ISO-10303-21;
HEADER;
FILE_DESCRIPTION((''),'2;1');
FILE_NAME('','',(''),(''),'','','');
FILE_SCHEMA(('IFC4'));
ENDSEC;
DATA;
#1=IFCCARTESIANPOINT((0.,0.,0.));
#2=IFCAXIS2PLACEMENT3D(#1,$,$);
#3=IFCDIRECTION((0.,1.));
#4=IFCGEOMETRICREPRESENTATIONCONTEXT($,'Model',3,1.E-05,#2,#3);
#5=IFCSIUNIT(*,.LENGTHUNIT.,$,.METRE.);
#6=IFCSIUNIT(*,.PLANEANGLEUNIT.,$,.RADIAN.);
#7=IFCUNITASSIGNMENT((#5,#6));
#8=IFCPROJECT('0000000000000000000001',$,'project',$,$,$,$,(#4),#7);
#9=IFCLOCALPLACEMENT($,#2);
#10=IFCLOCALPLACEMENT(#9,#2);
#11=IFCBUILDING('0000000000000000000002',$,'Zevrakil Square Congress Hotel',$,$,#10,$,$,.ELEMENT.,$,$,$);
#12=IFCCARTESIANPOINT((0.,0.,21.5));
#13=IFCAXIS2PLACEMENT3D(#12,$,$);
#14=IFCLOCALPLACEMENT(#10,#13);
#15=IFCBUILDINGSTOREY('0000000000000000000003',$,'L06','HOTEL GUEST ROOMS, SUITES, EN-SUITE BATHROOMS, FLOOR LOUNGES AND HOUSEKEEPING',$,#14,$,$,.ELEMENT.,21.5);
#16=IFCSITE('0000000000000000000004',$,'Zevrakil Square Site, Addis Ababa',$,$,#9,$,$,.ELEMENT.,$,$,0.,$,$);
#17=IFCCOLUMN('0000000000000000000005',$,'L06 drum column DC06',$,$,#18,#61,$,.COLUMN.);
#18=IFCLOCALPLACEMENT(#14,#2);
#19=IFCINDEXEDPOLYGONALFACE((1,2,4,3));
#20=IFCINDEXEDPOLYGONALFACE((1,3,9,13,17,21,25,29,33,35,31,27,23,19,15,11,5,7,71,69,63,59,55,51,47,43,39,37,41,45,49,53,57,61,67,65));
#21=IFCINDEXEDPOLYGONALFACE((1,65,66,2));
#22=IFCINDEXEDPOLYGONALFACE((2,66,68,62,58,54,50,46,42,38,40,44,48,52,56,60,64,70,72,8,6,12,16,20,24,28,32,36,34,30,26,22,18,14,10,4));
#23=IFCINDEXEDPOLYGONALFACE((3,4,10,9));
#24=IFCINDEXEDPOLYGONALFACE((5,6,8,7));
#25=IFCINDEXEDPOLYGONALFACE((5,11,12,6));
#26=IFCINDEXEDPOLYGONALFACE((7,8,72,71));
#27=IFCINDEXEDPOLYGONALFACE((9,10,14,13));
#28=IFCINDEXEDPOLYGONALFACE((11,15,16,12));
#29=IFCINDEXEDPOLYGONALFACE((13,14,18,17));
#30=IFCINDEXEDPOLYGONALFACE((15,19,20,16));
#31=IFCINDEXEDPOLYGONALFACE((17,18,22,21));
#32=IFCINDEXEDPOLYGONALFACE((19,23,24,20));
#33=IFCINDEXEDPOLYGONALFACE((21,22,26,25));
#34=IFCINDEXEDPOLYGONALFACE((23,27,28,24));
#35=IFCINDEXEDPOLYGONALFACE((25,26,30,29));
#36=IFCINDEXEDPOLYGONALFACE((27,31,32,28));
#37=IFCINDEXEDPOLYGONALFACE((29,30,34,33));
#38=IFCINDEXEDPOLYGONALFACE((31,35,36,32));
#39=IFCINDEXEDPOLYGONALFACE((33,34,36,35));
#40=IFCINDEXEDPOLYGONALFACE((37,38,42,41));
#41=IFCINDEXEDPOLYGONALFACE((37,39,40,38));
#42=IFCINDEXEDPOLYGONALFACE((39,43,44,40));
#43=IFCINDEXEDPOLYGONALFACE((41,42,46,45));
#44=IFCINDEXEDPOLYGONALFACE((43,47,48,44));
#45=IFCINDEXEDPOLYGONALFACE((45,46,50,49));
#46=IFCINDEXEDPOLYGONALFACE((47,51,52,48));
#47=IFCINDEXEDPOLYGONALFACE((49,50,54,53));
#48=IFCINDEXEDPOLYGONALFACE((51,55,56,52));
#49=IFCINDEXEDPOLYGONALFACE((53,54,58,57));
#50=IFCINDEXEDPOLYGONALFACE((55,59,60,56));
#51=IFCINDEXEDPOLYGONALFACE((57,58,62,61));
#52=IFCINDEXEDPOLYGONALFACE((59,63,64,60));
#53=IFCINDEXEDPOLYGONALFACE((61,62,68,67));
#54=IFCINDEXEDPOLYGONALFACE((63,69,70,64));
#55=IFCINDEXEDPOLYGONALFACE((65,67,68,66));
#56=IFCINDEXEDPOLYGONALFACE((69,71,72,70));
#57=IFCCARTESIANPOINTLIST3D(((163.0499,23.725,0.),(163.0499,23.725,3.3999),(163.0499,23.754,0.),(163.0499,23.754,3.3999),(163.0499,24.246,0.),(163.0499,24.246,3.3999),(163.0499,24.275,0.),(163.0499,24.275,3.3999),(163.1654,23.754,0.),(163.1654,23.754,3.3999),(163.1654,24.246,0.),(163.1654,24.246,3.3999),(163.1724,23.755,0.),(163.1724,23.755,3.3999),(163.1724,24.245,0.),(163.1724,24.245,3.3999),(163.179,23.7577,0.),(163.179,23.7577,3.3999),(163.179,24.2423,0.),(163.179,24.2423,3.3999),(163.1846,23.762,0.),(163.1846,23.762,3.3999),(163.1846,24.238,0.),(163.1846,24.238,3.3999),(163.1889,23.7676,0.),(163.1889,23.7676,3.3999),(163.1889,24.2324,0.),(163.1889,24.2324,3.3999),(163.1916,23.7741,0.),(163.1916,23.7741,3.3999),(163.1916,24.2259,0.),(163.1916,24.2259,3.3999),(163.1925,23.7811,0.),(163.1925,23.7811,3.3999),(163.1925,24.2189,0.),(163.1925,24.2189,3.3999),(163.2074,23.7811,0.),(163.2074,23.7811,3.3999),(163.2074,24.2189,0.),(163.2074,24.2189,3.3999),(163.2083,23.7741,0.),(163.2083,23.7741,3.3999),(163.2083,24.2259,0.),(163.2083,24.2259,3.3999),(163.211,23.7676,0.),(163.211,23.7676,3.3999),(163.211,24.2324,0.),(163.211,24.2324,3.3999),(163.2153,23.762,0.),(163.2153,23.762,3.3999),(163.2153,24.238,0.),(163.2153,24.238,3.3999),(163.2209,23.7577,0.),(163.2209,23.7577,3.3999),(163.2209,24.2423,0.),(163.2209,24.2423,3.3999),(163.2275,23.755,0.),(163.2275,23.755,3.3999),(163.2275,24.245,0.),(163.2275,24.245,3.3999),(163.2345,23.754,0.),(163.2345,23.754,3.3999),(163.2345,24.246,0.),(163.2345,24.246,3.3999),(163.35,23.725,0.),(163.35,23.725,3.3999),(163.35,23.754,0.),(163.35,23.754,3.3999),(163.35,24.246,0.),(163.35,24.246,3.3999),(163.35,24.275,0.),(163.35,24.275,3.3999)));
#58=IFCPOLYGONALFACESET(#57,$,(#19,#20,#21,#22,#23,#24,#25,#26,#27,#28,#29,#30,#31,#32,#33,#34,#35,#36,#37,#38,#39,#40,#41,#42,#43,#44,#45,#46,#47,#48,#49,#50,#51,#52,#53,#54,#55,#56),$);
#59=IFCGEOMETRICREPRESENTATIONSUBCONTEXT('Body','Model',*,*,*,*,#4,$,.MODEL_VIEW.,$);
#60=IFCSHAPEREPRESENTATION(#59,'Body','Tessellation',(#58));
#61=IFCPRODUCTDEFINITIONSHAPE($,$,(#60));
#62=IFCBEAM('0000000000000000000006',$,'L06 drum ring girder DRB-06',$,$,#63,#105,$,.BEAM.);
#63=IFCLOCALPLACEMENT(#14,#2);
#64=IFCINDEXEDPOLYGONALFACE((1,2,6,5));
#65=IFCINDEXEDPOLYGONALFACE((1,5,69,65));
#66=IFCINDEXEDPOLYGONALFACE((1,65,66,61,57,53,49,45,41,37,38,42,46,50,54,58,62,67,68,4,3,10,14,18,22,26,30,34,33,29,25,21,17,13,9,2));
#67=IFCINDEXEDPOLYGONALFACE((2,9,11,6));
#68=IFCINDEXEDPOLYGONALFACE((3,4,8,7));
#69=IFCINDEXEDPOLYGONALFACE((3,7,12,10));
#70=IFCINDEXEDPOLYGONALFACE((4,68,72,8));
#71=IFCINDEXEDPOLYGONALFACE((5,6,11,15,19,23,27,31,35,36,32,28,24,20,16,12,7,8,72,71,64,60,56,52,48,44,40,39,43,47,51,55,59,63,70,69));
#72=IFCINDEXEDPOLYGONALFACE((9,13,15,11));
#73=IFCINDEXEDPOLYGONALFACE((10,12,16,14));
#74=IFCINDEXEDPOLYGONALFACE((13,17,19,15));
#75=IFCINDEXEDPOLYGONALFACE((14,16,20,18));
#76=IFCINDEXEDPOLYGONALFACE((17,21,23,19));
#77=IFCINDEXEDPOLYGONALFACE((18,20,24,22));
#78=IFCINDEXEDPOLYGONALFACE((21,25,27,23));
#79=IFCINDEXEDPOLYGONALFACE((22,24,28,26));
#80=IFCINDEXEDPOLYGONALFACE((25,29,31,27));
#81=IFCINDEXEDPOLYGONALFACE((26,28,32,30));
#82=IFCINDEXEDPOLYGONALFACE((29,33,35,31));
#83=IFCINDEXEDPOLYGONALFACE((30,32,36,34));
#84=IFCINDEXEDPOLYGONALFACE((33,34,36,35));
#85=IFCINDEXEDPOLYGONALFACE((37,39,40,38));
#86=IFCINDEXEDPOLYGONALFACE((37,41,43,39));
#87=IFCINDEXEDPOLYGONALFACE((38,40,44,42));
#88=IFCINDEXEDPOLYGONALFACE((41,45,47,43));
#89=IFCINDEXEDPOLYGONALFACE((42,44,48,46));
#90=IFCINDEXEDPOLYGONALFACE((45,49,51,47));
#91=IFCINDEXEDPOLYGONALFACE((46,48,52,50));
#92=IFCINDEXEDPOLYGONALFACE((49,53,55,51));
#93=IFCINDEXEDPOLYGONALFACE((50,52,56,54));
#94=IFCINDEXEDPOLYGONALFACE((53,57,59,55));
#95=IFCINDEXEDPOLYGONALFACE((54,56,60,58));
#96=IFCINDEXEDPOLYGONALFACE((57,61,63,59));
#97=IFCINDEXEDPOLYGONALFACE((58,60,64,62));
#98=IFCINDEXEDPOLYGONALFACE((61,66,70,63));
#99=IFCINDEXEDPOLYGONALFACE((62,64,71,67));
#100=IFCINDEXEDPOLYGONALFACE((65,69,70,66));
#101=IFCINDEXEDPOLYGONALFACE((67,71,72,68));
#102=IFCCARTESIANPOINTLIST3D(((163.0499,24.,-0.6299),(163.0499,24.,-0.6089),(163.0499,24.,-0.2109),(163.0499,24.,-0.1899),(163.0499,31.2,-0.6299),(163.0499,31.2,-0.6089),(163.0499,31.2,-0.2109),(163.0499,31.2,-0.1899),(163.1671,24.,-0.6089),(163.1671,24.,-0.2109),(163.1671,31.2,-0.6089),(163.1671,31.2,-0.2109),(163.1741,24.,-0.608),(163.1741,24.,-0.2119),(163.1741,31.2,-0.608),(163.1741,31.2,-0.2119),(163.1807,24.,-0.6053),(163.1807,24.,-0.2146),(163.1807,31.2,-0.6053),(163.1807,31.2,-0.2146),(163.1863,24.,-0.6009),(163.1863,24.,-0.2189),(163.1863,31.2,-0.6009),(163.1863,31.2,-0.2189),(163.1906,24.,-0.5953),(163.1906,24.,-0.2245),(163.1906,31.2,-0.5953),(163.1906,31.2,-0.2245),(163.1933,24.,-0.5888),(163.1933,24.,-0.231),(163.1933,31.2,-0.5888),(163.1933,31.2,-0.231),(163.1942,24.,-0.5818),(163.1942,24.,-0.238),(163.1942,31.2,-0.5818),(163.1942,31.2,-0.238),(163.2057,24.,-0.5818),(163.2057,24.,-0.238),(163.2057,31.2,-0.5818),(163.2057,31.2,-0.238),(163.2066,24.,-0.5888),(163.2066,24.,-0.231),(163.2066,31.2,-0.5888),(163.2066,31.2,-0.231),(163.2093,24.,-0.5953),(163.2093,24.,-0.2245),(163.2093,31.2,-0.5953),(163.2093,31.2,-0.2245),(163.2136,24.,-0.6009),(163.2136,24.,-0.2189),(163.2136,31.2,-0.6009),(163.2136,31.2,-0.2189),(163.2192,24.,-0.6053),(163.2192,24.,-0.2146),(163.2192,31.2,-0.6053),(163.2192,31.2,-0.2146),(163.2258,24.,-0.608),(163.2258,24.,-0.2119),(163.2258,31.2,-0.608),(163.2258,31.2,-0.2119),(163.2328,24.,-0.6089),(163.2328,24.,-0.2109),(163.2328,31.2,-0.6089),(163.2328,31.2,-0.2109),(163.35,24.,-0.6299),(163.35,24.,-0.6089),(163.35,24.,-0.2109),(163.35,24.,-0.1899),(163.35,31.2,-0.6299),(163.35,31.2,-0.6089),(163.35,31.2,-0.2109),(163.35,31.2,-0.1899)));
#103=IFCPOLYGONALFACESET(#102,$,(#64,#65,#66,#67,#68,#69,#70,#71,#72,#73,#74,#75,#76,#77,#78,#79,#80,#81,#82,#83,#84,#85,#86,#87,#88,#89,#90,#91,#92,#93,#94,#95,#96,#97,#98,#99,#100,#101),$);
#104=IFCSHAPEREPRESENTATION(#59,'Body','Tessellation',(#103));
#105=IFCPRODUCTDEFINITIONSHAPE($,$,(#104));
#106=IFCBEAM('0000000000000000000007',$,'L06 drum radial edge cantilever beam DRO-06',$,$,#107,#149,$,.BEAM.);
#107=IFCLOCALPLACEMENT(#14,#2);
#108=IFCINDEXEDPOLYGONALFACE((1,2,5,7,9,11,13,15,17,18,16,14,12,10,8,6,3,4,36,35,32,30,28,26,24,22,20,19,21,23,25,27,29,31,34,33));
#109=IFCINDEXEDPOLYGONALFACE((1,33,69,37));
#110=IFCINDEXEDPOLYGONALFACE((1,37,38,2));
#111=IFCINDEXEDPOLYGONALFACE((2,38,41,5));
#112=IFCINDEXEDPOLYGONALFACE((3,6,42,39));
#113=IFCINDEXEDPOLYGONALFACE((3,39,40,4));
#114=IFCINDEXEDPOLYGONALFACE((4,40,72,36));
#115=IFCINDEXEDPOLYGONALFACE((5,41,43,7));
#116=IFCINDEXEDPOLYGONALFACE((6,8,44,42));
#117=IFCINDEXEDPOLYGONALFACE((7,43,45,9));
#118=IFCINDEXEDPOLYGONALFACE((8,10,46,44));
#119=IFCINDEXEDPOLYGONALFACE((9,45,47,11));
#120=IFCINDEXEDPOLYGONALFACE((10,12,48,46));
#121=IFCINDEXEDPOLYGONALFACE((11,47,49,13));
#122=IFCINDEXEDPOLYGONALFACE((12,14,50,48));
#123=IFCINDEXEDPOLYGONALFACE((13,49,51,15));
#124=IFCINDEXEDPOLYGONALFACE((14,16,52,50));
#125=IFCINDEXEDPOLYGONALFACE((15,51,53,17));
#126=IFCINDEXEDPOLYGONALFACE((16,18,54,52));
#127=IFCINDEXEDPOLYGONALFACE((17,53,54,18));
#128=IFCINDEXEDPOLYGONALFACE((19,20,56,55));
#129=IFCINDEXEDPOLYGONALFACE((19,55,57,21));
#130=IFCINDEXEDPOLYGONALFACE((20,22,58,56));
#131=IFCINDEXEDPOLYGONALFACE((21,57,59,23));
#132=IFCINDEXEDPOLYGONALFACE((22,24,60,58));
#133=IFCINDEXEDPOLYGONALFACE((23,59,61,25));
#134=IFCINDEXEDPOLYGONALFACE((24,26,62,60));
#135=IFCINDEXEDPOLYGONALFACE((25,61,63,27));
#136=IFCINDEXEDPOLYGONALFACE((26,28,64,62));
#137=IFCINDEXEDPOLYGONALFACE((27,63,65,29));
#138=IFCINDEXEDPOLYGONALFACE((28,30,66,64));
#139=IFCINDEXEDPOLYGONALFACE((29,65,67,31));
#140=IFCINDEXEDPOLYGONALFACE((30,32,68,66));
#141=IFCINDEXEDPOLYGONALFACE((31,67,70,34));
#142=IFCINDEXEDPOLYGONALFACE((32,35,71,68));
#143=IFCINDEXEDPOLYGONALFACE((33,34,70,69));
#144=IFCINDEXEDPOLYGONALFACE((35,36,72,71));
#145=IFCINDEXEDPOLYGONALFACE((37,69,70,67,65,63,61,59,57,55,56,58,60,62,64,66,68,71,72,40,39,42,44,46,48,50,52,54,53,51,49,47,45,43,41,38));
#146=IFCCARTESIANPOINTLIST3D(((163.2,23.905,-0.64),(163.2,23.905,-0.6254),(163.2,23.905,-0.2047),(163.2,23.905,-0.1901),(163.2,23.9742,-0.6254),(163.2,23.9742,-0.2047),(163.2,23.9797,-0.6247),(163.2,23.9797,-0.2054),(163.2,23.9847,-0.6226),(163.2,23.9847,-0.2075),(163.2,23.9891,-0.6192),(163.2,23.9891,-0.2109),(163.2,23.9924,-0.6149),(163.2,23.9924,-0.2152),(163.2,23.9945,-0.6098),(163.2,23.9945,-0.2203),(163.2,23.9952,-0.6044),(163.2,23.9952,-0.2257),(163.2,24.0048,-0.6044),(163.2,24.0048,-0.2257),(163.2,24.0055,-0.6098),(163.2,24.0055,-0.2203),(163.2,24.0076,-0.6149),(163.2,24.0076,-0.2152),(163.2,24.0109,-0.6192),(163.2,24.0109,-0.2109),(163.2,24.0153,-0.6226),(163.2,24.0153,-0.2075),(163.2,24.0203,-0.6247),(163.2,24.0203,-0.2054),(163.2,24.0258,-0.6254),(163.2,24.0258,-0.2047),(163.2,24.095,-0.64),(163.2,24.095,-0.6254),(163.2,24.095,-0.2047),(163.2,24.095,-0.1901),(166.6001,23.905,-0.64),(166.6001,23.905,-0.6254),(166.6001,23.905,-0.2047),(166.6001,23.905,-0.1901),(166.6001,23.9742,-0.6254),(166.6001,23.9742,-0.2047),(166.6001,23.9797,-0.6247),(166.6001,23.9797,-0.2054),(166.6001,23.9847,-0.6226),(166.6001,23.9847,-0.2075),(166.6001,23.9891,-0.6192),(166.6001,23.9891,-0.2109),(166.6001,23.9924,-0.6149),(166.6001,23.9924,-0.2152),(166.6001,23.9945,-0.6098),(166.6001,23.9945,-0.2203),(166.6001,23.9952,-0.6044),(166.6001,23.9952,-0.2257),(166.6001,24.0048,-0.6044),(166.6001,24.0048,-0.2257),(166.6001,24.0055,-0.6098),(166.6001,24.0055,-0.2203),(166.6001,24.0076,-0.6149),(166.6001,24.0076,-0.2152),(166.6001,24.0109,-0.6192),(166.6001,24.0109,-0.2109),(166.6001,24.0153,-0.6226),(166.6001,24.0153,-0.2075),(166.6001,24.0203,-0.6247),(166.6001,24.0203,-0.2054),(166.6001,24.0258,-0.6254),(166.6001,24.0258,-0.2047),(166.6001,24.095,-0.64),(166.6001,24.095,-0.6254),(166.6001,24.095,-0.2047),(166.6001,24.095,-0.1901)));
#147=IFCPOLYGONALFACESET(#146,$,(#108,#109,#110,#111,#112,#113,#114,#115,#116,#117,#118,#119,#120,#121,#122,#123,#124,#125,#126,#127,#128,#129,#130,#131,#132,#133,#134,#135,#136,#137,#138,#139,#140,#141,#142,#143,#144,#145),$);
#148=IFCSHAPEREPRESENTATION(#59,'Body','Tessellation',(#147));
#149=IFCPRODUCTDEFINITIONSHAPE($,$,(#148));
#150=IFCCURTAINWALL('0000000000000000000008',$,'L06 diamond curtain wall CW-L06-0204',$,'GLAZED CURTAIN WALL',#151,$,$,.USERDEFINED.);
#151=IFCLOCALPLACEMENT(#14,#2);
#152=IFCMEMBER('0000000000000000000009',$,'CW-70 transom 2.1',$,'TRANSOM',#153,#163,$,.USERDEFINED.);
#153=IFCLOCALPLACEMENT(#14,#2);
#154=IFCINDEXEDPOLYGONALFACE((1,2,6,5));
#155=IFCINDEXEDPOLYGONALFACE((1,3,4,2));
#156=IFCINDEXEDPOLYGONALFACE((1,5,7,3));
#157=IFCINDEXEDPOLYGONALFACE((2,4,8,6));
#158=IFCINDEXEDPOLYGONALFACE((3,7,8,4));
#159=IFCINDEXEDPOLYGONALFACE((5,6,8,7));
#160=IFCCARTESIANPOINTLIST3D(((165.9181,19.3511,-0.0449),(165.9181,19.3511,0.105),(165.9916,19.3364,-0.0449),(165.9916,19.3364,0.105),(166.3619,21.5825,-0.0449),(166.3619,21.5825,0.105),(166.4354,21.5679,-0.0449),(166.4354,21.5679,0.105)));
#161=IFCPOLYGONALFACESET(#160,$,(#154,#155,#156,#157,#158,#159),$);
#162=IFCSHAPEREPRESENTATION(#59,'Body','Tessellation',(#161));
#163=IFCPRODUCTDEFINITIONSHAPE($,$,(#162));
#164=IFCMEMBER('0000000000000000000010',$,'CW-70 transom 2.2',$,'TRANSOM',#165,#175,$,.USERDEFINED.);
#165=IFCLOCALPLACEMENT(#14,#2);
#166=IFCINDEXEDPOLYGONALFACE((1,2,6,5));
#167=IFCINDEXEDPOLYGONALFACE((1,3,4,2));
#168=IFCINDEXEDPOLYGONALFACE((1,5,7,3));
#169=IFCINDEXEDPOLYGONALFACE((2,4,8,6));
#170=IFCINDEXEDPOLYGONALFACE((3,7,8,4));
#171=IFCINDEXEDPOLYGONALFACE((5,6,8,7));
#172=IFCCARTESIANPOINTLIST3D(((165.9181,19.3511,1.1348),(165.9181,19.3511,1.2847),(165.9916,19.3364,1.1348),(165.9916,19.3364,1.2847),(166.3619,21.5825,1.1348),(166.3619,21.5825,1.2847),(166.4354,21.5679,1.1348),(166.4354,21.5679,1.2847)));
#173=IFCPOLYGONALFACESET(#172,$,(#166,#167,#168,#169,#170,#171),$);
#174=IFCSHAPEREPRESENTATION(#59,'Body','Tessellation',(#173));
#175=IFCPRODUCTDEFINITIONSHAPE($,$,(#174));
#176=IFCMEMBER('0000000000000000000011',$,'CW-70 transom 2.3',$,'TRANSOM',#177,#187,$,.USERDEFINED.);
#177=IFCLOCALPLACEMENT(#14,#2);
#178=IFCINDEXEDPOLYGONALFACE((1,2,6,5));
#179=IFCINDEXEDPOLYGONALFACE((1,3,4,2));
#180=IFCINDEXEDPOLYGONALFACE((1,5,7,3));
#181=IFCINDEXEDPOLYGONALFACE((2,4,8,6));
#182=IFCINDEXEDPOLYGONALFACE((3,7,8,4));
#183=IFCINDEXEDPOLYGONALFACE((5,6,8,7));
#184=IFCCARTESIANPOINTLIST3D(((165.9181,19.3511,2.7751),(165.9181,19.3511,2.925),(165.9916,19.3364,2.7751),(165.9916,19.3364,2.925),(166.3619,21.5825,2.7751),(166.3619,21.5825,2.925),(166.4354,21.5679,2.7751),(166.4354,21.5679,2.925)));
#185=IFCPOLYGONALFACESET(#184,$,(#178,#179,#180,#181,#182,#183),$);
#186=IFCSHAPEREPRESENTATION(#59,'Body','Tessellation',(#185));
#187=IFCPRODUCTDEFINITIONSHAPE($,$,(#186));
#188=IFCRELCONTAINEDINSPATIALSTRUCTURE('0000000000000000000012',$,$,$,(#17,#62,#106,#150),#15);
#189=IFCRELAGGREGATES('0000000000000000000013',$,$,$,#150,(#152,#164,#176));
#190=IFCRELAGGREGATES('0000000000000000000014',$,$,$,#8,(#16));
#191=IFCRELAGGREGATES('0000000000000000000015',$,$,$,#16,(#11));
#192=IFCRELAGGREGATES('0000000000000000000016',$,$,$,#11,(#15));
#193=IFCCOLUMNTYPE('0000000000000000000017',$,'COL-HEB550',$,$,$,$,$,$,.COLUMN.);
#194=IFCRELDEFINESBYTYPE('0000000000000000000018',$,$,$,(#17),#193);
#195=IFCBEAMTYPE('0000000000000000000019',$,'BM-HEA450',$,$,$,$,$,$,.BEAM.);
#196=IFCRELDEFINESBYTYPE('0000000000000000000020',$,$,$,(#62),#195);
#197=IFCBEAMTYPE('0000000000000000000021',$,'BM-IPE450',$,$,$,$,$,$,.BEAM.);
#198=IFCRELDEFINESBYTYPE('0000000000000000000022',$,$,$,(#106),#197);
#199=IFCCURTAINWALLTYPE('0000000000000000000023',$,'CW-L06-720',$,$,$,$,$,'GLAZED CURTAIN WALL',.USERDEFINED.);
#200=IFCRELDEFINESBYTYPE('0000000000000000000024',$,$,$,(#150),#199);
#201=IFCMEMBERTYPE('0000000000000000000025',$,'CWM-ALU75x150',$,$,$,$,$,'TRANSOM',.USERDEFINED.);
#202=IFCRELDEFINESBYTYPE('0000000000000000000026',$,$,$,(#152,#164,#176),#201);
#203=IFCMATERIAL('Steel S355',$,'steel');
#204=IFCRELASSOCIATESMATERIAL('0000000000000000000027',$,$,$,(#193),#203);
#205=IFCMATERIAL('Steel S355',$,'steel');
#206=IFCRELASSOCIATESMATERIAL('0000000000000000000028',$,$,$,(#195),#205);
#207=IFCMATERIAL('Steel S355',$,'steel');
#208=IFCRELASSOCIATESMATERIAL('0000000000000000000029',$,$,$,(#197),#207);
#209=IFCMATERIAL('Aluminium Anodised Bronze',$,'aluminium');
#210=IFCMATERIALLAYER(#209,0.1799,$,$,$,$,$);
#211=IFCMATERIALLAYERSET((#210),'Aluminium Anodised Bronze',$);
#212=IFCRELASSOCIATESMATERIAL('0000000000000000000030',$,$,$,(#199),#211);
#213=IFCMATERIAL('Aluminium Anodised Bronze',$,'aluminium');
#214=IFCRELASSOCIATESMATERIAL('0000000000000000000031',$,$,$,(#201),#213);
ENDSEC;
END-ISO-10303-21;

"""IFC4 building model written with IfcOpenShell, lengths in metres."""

from ifc_helpers import new_model, si_unit, direction, frame, origin, origin_2d, place, context, subcontext, project, spatial, rectangle, i_section, extrude, material, layer, layer_set, material_profile, profile_set, type_object, element, aggregate, save


model = new_model("IFC4")

# Units and contexts
model_context = context("Model", 3, precision=1e-05, world=origin(), true_north=direction((0.0, 1.0)))
body_context = subcontext(model_context, "Body", "Model", "MODEL_VIEW")
ifc_project = project(units=[si_unit("LENGTHUNIT", "METRE"), si_unit("PLANEANGLEUNIT", "RADIAN")], contexts=[model_context])

# Site, building, storey
site_placement = place(None, origin())
site = spatial("IfcSite", under=ifc_project, at=site_placement, Name="Zevrakil Square Site, Addis Ababa", CompositionType="ELEMENT", RefElevation=0.0)
building_placement = place(site_placement, origin())
building = spatial("IfcBuilding", under=site, at=building_placement, Name="Zevrakil Square Congress Hotel", CompositionType="ELEMENT")
storey_placement = place(building_placement, frame((0.0, 0.0, 21.5)))
storey = spatial("IfcBuildingStorey", under=building, at=storey_placement, Name="L06", Description="HOTEL GUEST ROOMS, SUITES, EN-SUITE BATHROOMS, FLOOR LOUNGES AND HOUSEKEEPING", CompositionType="ELEMENT", Elevation=21.5)

# Column
ifc_material_1 = material(Name="Steel S355", Category="steel")
ifc_material_profile_1 = material_profile(ifc_material_1, i_section(OverallWidth=0.3, OverallDepth=0.55, WebThickness=0.0149, FlangeThickness=0.0291, FilletRadius=0.0271, at=origin_2d()), Name="HEB 550")
ifc_profile_set_1 = profile_set([ifc_material_profile_1], Name="Steel S355")
column_type = type_object("IfcColumnType", Name="COL-HEB550", PredefinedType="COLUMN", material=ifc_profile_set_1)
column_placement = place(storey_placement, frame((163.2, 24.0, 0.0), z_axis=(0.0, 0.0, 1.0), x_axis=(1.0, 0.0, 0.0)))
element("IfcColumn", 1, at=column_placement, inside=storey, type_object=column_type, Name="L06 drum column DC06", PredefinedType="COLUMN", context=body_context, shape_type="SweptSolid", body=[
    extrude(i_section(OverallWidth=0.3, OverallDepth=0.55, WebThickness=0.0149, FlangeThickness=0.0291, FilletRadius=0.0271, at=origin_2d()), origin(), (0.0, 0.0, 1.0), 3.3999),
])

# Beams
ifc_material_2 = material(Name="Steel S355", Category="steel")
ifc_material_profile_2 = material_profile(ifc_material_2, i_section(OverallWidth=0.3, OverallDepth=0.4399, WebThickness=0.0115, FlangeThickness=0.021, FilletRadius=0.0271, at=origin_2d()), Name="HEA 450")
ifc_profile_set_2 = profile_set([ifc_material_profile_2], Name="Steel S355")
beam_type_1 = type_object("IfcBeamType", Name="BM-HEA450", PredefinedType="BEAM", material=ifc_profile_set_2)
beam_1_placement = place(storey_placement, frame((163.2, 24.0, -0.4099), z_axis=(0.0, 1.0, 0.0), x_axis=(-1.0, 0.0, 0.0)))
element("IfcBeam", 2, at=beam_1_placement, inside=storey, type_object=beam_type_1, Name="L06 drum ring girder DRB-06", PredefinedType="BEAM", context=body_context, shape_type="SweptSolid", body=[
    extrude(i_section(OverallWidth=0.3, OverallDepth=0.4399, WebThickness=0.0115, FlangeThickness=0.021, FilletRadius=0.0271, at=origin_2d()), origin(), (0.0, 0.0, 1.0), 7.2),
])
ifc_material_3 = material(Name="Steel S355", Category="steel")
ifc_material_profile_3 = material_profile(ifc_material_3, i_section(OverallWidth=0.1899, OverallDepth=0.45, WebThickness=0.0095, FlangeThickness=0.0146, FilletRadius=0.021, at=origin_2d()), Name="IPE 450")
ifc_profile_set_3 = profile_set([ifc_material_profile_3], Name="Steel S355")
beam_type_2 = type_object("IfcBeamType", Name="BM-IPE450", PredefinedType="BEAM", material=ifc_profile_set_3)
beam_2_placement = place(storey_placement, frame((163.2, 24.0, -0.415), z_axis=(1.0, 0.0, 0.0), x_axis=(0.0, 1.0, 0.0)))
element("IfcBeam", 3, at=beam_2_placement, inside=storey, type_object=beam_type_2, Name="L06 drum radial edge cantilever beam DRO-06", PredefinedType="BEAM", context=body_context, shape_type="SweptSolid", body=[
    extrude(i_section(OverallWidth=0.1899, OverallDepth=0.45, WebThickness=0.0095, FlangeThickness=0.0146, FilletRadius=0.021, at=origin_2d()), origin(), (0.0, 0.0, 1.0), 3.4001),
])

# Curtain wall, members
ifc_material_4 = material(Name="Aluminium Anodised Bronze", Category="aluminium")
ifc_layer_1 = layer(ifc_material_4, 0.1799)
ifc_layer_set_1 = layer_set([ifc_layer_1], Name="Aluminium Anodised Bronze")
curtain_wall_type_1 = type_object("IfcCurtainWallType", Name="CW-L06-720", ElementType="GLAZED CURTAIN WALL", PredefinedType="USERDEFINED", material=ifc_layer_set_1)
curtain_wall_1_placement = place(storey_placement, origin())
curtain_wall_1 = element("IfcCurtainWall", 4, at=curtain_wall_1_placement, inside=storey, type_object=curtain_wall_type_1, Name="L06 diamond curtain wall CW-L06-0204", ObjectType="GLAZED CURTAIN WALL", PredefinedType="USERDEFINED")
ifc_material_5 = material(Name="Aluminium Anodised Bronze", Category="aluminium")
ifc_material_profile_4 = material_profile(ifc_material_5, rectangle(XDim=0.075, YDim=0.1499, at=origin_2d()), Name="ALU 75x150")
ifc_profile_set_4 = profile_set([ifc_material_profile_4], Name="Aluminium Anodised Bronze")
member_type_1 = type_object("IfcMemberType", Name="CWM-ALU75x150", ElementType="TRANSOM", PredefinedType="USERDEFINED", material=ifc_profile_set_4)
member_1_placement = place(storey_placement, frame((165.9548, 19.3438, 0.03), z_axis=(0.195084, 0.980786, 0.0), x_axis=(-0.980786, 0.195084, 0.0)))
member_1 = element("IfcMember", 5, at=member_1_placement, type_object=member_type_1, Name="CW-70 transom 2.1", ObjectType="TRANSOM", PredefinedType="USERDEFINED", context=body_context, shape_type="SweptSolid", body=[
    extrude(rectangle(XDim=0.075, YDim=0.1499, at=origin_2d()), origin(), (0.0, 0.0, 1.0), 2.2751),
])
member_2_placement = place(storey_placement, frame((165.9548, 19.3438, 1.2097), z_axis=(0.195084, 0.980786, 0.0), x_axis=(-0.980786, 0.195084, 0.0)))
member_2 = element("IfcMember", 6, at=member_2_placement, type_object=member_type_1, Name="CW-70 transom 2.2", ObjectType="TRANSOM", PredefinedType="USERDEFINED", context=body_context, shape_type="SweptSolid", body=[
    extrude(rectangle(XDim=0.075, YDim=0.1499, at=origin_2d()), origin(), (0.0, 0.0, 1.0), 2.2751),
])
member_3_placement = place(storey_placement, frame((165.9548, 19.3438, 2.8501), z_axis=(0.195084, 0.980786, 0.0), x_axis=(-0.980786, 0.195084, 0.0)))
member_3 = element("IfcMember", 7, at=member_3_placement, type_object=member_type_1, Name="CW-70 transom 2.3", ObjectType="TRANSOM", PredefinedType="USERDEFINED", context=body_context, shape_type="SweptSolid", body=[
    extrude(rectangle(XDim=0.075, YDim=0.1499, at=origin_2d()), origin(), (0.0, 0.0, 1.0), 2.2751),
])

aggregate(curtain_wall_1, [member_1, member_2, member_3])

save(model, "model.ifc")
